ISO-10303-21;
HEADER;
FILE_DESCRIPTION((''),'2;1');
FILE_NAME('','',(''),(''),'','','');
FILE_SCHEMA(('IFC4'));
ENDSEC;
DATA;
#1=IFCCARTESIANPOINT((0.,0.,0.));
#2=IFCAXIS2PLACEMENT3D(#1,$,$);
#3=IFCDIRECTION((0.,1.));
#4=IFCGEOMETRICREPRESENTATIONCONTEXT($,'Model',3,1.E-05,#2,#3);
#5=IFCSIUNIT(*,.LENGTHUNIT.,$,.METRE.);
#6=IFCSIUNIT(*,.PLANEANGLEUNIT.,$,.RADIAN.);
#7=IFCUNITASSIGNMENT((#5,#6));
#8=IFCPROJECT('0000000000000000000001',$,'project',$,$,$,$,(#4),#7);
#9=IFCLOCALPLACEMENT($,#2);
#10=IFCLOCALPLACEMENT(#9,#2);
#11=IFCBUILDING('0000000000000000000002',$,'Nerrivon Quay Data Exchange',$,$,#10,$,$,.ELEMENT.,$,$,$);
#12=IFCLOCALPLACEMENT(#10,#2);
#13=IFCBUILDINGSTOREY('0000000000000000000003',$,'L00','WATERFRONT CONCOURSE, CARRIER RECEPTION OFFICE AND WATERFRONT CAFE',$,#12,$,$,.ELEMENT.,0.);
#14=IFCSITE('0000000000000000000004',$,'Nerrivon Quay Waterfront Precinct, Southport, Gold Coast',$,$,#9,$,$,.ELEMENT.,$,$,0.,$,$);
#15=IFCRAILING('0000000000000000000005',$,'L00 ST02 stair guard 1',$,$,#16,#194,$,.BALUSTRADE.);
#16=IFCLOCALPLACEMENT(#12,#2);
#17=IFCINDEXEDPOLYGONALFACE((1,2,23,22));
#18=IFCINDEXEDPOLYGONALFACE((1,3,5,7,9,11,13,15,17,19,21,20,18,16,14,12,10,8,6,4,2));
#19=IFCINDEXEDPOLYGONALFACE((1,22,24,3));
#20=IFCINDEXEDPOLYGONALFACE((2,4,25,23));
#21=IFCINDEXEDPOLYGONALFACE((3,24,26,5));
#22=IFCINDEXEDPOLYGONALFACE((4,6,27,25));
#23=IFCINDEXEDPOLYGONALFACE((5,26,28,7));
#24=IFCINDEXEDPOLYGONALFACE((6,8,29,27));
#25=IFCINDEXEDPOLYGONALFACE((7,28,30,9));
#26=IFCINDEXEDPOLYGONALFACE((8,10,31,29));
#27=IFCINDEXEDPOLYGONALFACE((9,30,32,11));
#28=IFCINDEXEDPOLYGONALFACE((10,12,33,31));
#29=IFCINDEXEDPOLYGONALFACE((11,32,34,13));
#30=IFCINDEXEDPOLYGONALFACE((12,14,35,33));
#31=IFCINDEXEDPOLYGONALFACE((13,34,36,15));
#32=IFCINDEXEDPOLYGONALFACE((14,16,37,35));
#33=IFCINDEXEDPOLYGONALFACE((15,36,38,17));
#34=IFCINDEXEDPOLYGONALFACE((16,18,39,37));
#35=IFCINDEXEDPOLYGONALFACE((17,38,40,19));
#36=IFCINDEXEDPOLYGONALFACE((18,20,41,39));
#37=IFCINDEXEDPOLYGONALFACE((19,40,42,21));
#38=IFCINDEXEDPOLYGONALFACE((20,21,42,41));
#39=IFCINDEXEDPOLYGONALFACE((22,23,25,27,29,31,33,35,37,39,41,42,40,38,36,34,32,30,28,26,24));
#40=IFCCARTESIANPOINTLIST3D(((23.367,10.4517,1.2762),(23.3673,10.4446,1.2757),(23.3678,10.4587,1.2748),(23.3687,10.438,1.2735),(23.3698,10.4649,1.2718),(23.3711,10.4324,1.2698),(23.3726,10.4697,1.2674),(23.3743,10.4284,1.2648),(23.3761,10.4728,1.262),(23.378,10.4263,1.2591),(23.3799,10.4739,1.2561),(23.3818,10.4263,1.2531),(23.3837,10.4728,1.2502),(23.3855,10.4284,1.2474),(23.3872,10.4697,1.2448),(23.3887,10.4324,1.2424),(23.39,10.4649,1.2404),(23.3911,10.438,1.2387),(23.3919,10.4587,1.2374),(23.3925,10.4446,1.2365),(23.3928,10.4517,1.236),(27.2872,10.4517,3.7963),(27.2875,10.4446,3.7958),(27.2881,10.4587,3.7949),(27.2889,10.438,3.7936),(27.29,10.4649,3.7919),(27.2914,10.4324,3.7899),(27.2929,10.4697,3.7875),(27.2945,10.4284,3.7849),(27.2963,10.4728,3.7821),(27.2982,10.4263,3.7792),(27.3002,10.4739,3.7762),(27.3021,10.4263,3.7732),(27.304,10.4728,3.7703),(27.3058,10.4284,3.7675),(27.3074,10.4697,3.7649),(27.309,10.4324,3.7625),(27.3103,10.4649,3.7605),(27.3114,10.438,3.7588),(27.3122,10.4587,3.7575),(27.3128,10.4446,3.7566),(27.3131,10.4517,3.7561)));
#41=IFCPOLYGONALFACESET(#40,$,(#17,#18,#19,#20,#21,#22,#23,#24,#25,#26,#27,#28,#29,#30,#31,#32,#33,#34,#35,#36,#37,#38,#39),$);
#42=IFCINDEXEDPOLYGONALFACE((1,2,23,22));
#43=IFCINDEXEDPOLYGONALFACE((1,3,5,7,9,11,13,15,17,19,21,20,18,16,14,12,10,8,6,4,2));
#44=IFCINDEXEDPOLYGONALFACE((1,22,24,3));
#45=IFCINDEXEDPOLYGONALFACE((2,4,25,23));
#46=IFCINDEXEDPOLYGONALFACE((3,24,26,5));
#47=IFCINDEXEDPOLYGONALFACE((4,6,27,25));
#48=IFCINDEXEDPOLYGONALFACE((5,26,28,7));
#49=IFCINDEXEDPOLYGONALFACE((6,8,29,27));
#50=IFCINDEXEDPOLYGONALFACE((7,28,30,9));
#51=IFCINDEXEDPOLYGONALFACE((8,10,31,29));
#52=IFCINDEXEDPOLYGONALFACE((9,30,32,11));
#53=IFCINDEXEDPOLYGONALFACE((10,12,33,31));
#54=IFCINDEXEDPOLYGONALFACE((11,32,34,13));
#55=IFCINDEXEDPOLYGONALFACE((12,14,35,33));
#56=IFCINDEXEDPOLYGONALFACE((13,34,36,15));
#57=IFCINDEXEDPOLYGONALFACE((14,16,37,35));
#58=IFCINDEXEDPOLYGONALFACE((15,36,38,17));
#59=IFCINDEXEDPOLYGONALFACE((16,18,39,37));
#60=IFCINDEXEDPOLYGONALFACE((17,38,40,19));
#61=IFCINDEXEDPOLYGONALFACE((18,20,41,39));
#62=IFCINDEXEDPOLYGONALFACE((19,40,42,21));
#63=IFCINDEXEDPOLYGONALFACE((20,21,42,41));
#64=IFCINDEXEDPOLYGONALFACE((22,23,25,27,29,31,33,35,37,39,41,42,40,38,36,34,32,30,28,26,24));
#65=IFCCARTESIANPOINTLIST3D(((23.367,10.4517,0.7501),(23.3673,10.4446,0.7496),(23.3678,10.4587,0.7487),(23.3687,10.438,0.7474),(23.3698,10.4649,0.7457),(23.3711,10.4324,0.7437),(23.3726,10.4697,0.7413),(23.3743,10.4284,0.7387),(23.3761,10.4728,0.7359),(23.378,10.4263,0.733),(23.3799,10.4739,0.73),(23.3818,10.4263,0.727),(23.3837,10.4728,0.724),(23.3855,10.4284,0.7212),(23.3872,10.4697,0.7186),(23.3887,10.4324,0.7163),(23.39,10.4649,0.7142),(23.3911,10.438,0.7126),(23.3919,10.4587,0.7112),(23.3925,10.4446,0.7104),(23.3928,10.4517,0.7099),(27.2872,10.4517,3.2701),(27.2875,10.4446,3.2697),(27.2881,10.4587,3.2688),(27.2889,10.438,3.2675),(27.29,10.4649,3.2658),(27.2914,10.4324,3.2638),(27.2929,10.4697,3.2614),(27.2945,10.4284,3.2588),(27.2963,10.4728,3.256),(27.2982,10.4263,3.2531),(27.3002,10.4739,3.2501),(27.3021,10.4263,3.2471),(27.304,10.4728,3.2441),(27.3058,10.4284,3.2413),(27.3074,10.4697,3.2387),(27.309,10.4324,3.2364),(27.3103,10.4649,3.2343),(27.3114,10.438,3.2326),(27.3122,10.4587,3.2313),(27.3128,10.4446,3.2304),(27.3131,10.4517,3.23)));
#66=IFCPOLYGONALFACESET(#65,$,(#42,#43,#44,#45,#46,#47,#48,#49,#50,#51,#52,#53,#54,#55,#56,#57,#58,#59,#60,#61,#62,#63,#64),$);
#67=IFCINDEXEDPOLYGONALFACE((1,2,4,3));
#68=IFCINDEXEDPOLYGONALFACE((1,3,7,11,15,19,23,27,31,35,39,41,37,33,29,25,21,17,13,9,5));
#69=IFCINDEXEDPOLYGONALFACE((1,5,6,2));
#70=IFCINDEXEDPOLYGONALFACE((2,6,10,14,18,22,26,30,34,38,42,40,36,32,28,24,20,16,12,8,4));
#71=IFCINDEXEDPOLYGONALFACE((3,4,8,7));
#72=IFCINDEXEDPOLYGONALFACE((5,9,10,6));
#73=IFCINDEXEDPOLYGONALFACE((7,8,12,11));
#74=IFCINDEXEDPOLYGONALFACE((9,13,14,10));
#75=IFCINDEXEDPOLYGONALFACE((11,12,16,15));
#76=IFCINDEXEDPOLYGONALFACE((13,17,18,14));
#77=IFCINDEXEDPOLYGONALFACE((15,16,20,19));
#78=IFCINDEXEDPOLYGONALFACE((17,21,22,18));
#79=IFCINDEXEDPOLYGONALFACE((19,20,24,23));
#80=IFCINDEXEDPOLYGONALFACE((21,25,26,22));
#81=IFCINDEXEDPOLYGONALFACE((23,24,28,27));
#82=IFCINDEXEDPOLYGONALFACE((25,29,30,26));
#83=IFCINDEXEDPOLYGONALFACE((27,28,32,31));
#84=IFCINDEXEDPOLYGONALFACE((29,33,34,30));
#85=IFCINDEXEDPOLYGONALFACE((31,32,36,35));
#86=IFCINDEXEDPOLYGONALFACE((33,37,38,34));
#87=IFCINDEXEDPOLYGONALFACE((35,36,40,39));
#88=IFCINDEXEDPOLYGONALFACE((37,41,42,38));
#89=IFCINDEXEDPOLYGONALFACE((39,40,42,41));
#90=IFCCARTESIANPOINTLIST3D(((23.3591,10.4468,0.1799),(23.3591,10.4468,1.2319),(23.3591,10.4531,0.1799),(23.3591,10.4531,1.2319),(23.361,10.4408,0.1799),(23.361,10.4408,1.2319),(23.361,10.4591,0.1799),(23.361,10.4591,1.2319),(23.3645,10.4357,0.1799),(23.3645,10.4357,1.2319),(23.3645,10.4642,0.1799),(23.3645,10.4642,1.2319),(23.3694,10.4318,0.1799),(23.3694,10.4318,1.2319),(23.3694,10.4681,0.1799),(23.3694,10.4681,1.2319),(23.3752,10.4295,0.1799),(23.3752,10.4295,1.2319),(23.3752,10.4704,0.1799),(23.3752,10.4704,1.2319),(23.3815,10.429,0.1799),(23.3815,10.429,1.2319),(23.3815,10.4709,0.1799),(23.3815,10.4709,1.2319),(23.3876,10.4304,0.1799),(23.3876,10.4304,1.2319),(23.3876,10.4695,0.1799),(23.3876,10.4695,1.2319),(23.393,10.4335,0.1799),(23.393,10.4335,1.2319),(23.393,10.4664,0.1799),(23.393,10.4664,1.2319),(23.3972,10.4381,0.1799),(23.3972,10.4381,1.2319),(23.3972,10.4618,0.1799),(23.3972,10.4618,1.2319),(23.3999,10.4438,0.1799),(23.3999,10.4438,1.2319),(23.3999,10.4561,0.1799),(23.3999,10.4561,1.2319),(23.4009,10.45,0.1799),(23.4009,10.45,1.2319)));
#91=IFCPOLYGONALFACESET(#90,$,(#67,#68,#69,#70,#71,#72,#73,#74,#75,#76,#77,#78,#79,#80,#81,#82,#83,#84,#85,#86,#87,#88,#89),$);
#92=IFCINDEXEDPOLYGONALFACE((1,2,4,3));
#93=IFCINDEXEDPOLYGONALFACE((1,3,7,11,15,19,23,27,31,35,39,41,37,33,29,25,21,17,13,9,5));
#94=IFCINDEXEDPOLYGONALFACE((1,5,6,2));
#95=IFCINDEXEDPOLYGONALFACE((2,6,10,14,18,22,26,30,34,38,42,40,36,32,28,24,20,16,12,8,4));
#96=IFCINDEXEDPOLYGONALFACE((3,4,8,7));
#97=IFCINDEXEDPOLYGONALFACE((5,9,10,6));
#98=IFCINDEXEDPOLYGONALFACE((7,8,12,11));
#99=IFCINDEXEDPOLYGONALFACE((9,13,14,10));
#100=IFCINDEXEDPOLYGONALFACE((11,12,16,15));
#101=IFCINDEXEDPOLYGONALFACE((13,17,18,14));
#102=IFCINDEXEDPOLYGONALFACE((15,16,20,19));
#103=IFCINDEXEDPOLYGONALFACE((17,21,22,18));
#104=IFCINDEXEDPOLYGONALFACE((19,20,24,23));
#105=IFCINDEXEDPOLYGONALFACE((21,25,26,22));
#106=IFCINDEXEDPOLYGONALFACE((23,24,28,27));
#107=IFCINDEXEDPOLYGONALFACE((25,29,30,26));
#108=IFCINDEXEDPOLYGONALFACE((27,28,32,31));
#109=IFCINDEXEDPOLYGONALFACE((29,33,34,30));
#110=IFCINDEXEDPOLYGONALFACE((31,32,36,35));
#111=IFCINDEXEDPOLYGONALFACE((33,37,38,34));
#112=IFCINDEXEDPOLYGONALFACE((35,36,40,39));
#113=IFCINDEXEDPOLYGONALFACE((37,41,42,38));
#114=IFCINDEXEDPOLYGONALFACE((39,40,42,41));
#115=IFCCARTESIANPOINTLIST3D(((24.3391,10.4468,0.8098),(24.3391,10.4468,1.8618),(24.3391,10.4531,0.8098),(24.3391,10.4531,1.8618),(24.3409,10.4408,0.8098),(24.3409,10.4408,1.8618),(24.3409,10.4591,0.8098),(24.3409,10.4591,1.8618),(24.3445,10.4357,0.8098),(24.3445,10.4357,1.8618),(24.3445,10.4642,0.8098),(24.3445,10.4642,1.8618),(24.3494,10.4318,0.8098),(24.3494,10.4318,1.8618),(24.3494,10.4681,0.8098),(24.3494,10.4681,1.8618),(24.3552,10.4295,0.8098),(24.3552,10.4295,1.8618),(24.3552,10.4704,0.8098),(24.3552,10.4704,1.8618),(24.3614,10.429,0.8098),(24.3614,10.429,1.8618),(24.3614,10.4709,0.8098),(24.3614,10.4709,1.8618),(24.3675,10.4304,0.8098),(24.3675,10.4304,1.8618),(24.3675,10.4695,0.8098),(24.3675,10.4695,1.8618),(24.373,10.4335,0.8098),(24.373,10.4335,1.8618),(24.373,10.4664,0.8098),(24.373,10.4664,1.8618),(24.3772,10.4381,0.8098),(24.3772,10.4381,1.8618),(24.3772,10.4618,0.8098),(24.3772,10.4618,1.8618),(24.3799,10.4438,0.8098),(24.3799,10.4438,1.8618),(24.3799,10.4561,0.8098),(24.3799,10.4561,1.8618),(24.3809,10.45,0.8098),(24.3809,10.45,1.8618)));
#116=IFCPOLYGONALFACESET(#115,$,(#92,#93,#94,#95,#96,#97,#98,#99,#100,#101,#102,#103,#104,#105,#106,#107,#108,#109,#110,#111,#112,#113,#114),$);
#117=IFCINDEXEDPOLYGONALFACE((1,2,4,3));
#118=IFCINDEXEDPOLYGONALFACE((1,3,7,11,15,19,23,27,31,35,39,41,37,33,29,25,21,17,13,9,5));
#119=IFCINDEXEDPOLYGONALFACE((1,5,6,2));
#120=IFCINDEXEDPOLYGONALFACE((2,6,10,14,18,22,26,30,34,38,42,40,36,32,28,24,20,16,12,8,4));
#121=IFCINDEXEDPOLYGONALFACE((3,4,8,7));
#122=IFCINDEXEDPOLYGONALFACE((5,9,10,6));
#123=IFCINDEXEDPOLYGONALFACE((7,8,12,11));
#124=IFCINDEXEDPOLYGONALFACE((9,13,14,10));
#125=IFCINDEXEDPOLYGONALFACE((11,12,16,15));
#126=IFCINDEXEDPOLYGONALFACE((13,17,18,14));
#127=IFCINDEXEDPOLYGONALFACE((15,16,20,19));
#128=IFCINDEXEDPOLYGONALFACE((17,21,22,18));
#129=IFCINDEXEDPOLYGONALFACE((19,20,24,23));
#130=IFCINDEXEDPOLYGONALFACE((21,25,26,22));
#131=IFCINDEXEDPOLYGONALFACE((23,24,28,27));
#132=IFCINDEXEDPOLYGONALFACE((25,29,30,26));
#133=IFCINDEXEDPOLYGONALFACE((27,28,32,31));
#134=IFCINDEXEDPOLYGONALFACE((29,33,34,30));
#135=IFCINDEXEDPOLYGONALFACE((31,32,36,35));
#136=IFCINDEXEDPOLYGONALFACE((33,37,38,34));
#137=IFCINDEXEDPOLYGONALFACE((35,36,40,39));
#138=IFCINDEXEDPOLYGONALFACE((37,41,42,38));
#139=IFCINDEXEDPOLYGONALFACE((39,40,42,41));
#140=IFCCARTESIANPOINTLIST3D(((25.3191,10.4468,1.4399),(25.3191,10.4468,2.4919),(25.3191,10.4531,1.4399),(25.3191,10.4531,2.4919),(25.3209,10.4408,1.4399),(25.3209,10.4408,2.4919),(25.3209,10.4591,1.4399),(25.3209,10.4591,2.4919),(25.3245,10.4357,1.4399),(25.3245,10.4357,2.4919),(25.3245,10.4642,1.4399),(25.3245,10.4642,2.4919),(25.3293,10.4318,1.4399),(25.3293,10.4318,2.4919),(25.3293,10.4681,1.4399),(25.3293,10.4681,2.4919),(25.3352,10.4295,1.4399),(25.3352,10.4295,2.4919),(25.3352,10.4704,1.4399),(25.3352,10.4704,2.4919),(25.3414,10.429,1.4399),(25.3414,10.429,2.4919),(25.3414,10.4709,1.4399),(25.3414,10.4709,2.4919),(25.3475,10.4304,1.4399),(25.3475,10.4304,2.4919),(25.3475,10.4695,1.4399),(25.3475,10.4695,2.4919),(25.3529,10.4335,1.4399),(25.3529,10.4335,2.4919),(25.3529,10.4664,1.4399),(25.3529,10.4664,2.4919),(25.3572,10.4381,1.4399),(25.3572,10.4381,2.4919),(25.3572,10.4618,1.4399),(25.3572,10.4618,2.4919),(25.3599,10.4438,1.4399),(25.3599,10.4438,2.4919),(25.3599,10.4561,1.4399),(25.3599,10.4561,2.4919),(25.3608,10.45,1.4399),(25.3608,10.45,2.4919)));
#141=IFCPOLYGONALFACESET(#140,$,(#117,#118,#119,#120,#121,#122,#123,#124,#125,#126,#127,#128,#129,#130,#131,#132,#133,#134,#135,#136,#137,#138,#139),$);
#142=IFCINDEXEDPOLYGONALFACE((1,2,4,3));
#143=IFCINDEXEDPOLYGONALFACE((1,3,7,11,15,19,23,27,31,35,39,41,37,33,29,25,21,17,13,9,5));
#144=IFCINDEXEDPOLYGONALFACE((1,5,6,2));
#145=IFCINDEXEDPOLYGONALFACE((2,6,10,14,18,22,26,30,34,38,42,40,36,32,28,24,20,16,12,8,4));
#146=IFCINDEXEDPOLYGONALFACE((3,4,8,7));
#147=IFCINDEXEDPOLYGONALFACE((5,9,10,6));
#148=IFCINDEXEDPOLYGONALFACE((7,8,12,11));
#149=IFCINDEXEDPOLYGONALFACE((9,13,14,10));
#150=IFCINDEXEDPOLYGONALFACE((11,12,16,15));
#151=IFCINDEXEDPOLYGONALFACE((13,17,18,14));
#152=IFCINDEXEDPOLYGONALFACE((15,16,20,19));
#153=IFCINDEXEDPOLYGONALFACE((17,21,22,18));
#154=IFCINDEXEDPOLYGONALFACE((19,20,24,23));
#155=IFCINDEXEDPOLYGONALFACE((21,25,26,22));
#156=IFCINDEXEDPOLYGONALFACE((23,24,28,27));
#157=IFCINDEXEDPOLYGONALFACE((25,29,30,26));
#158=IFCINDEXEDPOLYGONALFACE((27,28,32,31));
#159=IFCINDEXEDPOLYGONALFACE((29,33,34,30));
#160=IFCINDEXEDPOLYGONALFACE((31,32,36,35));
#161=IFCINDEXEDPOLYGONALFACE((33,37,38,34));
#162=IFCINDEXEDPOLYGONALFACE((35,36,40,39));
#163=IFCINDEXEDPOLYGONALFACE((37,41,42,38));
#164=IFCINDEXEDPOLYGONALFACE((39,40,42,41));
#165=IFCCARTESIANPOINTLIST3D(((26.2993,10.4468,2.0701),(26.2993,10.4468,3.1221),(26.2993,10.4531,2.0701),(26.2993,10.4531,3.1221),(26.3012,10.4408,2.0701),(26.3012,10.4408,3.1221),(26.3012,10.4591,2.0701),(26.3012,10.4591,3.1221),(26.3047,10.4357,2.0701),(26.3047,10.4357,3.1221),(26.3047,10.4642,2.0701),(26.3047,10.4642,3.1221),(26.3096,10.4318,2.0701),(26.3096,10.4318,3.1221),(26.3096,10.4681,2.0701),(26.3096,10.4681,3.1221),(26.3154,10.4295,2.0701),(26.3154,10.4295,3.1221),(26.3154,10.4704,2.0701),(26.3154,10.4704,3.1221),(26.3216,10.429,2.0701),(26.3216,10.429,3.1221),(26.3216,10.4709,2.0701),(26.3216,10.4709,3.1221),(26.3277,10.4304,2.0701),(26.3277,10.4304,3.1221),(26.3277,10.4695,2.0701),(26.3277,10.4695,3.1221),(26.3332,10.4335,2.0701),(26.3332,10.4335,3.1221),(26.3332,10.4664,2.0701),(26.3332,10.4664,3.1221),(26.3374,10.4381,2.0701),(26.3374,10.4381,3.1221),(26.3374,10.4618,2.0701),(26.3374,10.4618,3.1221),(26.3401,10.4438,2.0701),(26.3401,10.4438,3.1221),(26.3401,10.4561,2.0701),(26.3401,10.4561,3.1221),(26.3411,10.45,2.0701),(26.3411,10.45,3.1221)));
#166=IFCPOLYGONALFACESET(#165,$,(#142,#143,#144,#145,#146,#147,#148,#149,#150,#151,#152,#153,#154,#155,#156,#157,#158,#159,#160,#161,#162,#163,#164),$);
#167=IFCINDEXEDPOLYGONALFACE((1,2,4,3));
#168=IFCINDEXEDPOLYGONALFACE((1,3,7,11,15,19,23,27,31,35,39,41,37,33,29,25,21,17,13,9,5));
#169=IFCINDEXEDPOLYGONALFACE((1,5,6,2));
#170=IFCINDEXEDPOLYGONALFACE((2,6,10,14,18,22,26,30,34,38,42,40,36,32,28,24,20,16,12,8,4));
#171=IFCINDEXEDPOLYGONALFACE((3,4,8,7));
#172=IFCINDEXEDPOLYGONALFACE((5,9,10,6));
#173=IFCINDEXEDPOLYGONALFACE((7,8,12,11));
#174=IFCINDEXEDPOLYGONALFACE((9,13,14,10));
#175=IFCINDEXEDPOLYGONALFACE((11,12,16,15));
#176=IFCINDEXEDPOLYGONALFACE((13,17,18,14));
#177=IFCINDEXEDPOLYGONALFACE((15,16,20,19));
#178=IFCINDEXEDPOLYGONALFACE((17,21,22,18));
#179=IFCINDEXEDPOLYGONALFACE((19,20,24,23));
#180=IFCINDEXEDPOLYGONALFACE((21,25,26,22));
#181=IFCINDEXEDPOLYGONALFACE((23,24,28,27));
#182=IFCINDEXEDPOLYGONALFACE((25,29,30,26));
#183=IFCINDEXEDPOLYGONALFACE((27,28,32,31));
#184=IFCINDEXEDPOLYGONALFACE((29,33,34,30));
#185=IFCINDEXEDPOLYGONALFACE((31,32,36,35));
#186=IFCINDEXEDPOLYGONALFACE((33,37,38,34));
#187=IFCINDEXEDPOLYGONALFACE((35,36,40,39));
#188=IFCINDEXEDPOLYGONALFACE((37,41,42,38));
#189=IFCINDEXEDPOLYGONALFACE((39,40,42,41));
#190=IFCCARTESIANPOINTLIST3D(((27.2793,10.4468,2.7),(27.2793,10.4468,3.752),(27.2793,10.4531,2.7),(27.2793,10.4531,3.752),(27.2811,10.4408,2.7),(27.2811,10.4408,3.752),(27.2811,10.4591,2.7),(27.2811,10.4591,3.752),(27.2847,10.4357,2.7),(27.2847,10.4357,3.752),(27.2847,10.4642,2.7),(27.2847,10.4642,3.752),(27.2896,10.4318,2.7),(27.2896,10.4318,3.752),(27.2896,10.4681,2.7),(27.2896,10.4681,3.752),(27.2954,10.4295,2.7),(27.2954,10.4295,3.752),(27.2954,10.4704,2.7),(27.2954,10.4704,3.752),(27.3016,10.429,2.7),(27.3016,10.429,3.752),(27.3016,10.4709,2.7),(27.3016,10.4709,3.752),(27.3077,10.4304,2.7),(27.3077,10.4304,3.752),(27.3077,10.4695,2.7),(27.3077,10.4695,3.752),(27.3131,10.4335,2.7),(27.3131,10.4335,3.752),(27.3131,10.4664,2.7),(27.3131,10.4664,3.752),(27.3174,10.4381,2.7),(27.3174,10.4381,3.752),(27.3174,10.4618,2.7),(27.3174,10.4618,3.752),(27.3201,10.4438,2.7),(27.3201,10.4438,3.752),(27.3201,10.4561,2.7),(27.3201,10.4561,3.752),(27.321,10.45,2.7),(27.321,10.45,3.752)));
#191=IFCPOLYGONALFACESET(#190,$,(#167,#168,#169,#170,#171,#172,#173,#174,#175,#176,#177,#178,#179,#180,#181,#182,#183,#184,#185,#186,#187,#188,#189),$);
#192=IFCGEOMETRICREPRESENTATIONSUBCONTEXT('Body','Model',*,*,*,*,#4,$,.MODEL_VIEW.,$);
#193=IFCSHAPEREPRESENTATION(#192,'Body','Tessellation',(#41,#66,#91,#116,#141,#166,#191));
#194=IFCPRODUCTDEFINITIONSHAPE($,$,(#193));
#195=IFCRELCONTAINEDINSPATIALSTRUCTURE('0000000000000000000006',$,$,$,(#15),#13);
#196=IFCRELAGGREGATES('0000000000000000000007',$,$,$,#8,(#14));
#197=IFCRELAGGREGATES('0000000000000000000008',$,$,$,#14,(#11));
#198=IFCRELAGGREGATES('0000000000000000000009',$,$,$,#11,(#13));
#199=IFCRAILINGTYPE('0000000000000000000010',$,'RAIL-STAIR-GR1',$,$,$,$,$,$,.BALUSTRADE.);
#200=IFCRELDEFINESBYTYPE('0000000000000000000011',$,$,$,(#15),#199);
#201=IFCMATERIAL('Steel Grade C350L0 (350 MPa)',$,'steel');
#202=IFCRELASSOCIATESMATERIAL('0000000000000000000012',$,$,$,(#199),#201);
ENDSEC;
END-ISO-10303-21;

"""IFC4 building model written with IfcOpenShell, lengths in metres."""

from ifc_helpers import new_model, si_unit, direction, frame, origin, origin_2d, place, context, subcontext, project, spatial, circle, extrude, material, type_object, element, save


model = new_model("IFC4")

# Units and contexts
model_context = context("Model", 3, precision=1e-05, world=origin(), true_north=direction((0.0, 1.0)))
body_context = subcontext(model_context, "Body", "Model", "MODEL_VIEW")
ifc_project = project(units=[si_unit("LENGTHUNIT", "METRE"), si_unit("PLANEANGLEUNIT", "RADIAN")], contexts=[model_context])

# Site, building, storey
site_placement = place(None, origin())
site = spatial("IfcSite", under=ifc_project, at=site_placement, Name="Nerrivon Quay Waterfront Precinct, Southport, Gold Coast", CompositionType="ELEMENT", RefElevation=0.0)
building_placement = place(site_placement, origin())
building = spatial("IfcBuilding", under=site, at=building_placement, Name="Nerrivon Quay Data Exchange", CompositionType="ELEMENT")
storey_placement = place(building_placement, origin())
storey = spatial("IfcBuildingStorey", under=building, at=storey_placement, Name="L00", Description="WATERFRONT CONCOURSE, CARRIER RECEPTION OFFICE AND WATERFRONT CAFE", CompositionType="ELEMENT", Elevation=0.0)

# Railing
ifc_material_1 = material(Name="Steel Grade C350L0 (350 MPa)", Category="steel")
railing_type = type_object("IfcRailingType", Name="RAIL-STAIR-GR1", PredefinedType="BALUSTRADE", material=ifc_material_1)
railing_1_placement = place(storey_placement, frame((23.3799, 10.45, 0.1799)))
element("IfcRailing", 1, at=railing_1_placement, inside=storey, type_object=railing_type, Name="L00 ST02 stair guard 1", PredefinedType="BALUSTRADE", context=body_context, shape_type="SweptSolid", body=[
    extrude(circle(Radius=0.0239, at=origin_2d()), frame((0.0, 0.0, 1.0762), z_axis=(0.841187, 0.0, 0.540744), x_axis=(0.0, 1.0, 0.0)), (0.0, 0.0, 1.0), 4.6604),
    extrude(circle(Radius=0.0239, at=origin_2d()), frame((0.0, 0.0, 0.55), z_axis=(0.841187, 0.0, 0.540744), x_axis=(0.0, 1.0, 0.0)), (0.0, 0.0, 1.0), 4.6604),
    extrude(circle(Radius=0.021, at=origin_2d()), origin(), (0.0, 0.0, 1.0), 1.052),
    extrude(circle(Radius=0.021, at=origin_2d()), frame((0.98, 0.0, 0.6299)), (0.0, 0.0, 1.0), 1.052),
    extrude(circle(Radius=0.021, at=origin_2d()), frame((1.96, 0.0, 1.26)), (0.0, 0.0, 1.0), 1.052),
    extrude(circle(Radius=0.021, at=origin_2d()), frame((2.9402, 0.0, 1.8901)), (0.0, 0.0, 1.0), 1.052),
    extrude(circle(Radius=0.021, at=origin_2d()), frame((3.9202, 0.0, 2.52)), (0.0, 0.0, 1.0), 1.052),
])

save(model, "model.ifc")
